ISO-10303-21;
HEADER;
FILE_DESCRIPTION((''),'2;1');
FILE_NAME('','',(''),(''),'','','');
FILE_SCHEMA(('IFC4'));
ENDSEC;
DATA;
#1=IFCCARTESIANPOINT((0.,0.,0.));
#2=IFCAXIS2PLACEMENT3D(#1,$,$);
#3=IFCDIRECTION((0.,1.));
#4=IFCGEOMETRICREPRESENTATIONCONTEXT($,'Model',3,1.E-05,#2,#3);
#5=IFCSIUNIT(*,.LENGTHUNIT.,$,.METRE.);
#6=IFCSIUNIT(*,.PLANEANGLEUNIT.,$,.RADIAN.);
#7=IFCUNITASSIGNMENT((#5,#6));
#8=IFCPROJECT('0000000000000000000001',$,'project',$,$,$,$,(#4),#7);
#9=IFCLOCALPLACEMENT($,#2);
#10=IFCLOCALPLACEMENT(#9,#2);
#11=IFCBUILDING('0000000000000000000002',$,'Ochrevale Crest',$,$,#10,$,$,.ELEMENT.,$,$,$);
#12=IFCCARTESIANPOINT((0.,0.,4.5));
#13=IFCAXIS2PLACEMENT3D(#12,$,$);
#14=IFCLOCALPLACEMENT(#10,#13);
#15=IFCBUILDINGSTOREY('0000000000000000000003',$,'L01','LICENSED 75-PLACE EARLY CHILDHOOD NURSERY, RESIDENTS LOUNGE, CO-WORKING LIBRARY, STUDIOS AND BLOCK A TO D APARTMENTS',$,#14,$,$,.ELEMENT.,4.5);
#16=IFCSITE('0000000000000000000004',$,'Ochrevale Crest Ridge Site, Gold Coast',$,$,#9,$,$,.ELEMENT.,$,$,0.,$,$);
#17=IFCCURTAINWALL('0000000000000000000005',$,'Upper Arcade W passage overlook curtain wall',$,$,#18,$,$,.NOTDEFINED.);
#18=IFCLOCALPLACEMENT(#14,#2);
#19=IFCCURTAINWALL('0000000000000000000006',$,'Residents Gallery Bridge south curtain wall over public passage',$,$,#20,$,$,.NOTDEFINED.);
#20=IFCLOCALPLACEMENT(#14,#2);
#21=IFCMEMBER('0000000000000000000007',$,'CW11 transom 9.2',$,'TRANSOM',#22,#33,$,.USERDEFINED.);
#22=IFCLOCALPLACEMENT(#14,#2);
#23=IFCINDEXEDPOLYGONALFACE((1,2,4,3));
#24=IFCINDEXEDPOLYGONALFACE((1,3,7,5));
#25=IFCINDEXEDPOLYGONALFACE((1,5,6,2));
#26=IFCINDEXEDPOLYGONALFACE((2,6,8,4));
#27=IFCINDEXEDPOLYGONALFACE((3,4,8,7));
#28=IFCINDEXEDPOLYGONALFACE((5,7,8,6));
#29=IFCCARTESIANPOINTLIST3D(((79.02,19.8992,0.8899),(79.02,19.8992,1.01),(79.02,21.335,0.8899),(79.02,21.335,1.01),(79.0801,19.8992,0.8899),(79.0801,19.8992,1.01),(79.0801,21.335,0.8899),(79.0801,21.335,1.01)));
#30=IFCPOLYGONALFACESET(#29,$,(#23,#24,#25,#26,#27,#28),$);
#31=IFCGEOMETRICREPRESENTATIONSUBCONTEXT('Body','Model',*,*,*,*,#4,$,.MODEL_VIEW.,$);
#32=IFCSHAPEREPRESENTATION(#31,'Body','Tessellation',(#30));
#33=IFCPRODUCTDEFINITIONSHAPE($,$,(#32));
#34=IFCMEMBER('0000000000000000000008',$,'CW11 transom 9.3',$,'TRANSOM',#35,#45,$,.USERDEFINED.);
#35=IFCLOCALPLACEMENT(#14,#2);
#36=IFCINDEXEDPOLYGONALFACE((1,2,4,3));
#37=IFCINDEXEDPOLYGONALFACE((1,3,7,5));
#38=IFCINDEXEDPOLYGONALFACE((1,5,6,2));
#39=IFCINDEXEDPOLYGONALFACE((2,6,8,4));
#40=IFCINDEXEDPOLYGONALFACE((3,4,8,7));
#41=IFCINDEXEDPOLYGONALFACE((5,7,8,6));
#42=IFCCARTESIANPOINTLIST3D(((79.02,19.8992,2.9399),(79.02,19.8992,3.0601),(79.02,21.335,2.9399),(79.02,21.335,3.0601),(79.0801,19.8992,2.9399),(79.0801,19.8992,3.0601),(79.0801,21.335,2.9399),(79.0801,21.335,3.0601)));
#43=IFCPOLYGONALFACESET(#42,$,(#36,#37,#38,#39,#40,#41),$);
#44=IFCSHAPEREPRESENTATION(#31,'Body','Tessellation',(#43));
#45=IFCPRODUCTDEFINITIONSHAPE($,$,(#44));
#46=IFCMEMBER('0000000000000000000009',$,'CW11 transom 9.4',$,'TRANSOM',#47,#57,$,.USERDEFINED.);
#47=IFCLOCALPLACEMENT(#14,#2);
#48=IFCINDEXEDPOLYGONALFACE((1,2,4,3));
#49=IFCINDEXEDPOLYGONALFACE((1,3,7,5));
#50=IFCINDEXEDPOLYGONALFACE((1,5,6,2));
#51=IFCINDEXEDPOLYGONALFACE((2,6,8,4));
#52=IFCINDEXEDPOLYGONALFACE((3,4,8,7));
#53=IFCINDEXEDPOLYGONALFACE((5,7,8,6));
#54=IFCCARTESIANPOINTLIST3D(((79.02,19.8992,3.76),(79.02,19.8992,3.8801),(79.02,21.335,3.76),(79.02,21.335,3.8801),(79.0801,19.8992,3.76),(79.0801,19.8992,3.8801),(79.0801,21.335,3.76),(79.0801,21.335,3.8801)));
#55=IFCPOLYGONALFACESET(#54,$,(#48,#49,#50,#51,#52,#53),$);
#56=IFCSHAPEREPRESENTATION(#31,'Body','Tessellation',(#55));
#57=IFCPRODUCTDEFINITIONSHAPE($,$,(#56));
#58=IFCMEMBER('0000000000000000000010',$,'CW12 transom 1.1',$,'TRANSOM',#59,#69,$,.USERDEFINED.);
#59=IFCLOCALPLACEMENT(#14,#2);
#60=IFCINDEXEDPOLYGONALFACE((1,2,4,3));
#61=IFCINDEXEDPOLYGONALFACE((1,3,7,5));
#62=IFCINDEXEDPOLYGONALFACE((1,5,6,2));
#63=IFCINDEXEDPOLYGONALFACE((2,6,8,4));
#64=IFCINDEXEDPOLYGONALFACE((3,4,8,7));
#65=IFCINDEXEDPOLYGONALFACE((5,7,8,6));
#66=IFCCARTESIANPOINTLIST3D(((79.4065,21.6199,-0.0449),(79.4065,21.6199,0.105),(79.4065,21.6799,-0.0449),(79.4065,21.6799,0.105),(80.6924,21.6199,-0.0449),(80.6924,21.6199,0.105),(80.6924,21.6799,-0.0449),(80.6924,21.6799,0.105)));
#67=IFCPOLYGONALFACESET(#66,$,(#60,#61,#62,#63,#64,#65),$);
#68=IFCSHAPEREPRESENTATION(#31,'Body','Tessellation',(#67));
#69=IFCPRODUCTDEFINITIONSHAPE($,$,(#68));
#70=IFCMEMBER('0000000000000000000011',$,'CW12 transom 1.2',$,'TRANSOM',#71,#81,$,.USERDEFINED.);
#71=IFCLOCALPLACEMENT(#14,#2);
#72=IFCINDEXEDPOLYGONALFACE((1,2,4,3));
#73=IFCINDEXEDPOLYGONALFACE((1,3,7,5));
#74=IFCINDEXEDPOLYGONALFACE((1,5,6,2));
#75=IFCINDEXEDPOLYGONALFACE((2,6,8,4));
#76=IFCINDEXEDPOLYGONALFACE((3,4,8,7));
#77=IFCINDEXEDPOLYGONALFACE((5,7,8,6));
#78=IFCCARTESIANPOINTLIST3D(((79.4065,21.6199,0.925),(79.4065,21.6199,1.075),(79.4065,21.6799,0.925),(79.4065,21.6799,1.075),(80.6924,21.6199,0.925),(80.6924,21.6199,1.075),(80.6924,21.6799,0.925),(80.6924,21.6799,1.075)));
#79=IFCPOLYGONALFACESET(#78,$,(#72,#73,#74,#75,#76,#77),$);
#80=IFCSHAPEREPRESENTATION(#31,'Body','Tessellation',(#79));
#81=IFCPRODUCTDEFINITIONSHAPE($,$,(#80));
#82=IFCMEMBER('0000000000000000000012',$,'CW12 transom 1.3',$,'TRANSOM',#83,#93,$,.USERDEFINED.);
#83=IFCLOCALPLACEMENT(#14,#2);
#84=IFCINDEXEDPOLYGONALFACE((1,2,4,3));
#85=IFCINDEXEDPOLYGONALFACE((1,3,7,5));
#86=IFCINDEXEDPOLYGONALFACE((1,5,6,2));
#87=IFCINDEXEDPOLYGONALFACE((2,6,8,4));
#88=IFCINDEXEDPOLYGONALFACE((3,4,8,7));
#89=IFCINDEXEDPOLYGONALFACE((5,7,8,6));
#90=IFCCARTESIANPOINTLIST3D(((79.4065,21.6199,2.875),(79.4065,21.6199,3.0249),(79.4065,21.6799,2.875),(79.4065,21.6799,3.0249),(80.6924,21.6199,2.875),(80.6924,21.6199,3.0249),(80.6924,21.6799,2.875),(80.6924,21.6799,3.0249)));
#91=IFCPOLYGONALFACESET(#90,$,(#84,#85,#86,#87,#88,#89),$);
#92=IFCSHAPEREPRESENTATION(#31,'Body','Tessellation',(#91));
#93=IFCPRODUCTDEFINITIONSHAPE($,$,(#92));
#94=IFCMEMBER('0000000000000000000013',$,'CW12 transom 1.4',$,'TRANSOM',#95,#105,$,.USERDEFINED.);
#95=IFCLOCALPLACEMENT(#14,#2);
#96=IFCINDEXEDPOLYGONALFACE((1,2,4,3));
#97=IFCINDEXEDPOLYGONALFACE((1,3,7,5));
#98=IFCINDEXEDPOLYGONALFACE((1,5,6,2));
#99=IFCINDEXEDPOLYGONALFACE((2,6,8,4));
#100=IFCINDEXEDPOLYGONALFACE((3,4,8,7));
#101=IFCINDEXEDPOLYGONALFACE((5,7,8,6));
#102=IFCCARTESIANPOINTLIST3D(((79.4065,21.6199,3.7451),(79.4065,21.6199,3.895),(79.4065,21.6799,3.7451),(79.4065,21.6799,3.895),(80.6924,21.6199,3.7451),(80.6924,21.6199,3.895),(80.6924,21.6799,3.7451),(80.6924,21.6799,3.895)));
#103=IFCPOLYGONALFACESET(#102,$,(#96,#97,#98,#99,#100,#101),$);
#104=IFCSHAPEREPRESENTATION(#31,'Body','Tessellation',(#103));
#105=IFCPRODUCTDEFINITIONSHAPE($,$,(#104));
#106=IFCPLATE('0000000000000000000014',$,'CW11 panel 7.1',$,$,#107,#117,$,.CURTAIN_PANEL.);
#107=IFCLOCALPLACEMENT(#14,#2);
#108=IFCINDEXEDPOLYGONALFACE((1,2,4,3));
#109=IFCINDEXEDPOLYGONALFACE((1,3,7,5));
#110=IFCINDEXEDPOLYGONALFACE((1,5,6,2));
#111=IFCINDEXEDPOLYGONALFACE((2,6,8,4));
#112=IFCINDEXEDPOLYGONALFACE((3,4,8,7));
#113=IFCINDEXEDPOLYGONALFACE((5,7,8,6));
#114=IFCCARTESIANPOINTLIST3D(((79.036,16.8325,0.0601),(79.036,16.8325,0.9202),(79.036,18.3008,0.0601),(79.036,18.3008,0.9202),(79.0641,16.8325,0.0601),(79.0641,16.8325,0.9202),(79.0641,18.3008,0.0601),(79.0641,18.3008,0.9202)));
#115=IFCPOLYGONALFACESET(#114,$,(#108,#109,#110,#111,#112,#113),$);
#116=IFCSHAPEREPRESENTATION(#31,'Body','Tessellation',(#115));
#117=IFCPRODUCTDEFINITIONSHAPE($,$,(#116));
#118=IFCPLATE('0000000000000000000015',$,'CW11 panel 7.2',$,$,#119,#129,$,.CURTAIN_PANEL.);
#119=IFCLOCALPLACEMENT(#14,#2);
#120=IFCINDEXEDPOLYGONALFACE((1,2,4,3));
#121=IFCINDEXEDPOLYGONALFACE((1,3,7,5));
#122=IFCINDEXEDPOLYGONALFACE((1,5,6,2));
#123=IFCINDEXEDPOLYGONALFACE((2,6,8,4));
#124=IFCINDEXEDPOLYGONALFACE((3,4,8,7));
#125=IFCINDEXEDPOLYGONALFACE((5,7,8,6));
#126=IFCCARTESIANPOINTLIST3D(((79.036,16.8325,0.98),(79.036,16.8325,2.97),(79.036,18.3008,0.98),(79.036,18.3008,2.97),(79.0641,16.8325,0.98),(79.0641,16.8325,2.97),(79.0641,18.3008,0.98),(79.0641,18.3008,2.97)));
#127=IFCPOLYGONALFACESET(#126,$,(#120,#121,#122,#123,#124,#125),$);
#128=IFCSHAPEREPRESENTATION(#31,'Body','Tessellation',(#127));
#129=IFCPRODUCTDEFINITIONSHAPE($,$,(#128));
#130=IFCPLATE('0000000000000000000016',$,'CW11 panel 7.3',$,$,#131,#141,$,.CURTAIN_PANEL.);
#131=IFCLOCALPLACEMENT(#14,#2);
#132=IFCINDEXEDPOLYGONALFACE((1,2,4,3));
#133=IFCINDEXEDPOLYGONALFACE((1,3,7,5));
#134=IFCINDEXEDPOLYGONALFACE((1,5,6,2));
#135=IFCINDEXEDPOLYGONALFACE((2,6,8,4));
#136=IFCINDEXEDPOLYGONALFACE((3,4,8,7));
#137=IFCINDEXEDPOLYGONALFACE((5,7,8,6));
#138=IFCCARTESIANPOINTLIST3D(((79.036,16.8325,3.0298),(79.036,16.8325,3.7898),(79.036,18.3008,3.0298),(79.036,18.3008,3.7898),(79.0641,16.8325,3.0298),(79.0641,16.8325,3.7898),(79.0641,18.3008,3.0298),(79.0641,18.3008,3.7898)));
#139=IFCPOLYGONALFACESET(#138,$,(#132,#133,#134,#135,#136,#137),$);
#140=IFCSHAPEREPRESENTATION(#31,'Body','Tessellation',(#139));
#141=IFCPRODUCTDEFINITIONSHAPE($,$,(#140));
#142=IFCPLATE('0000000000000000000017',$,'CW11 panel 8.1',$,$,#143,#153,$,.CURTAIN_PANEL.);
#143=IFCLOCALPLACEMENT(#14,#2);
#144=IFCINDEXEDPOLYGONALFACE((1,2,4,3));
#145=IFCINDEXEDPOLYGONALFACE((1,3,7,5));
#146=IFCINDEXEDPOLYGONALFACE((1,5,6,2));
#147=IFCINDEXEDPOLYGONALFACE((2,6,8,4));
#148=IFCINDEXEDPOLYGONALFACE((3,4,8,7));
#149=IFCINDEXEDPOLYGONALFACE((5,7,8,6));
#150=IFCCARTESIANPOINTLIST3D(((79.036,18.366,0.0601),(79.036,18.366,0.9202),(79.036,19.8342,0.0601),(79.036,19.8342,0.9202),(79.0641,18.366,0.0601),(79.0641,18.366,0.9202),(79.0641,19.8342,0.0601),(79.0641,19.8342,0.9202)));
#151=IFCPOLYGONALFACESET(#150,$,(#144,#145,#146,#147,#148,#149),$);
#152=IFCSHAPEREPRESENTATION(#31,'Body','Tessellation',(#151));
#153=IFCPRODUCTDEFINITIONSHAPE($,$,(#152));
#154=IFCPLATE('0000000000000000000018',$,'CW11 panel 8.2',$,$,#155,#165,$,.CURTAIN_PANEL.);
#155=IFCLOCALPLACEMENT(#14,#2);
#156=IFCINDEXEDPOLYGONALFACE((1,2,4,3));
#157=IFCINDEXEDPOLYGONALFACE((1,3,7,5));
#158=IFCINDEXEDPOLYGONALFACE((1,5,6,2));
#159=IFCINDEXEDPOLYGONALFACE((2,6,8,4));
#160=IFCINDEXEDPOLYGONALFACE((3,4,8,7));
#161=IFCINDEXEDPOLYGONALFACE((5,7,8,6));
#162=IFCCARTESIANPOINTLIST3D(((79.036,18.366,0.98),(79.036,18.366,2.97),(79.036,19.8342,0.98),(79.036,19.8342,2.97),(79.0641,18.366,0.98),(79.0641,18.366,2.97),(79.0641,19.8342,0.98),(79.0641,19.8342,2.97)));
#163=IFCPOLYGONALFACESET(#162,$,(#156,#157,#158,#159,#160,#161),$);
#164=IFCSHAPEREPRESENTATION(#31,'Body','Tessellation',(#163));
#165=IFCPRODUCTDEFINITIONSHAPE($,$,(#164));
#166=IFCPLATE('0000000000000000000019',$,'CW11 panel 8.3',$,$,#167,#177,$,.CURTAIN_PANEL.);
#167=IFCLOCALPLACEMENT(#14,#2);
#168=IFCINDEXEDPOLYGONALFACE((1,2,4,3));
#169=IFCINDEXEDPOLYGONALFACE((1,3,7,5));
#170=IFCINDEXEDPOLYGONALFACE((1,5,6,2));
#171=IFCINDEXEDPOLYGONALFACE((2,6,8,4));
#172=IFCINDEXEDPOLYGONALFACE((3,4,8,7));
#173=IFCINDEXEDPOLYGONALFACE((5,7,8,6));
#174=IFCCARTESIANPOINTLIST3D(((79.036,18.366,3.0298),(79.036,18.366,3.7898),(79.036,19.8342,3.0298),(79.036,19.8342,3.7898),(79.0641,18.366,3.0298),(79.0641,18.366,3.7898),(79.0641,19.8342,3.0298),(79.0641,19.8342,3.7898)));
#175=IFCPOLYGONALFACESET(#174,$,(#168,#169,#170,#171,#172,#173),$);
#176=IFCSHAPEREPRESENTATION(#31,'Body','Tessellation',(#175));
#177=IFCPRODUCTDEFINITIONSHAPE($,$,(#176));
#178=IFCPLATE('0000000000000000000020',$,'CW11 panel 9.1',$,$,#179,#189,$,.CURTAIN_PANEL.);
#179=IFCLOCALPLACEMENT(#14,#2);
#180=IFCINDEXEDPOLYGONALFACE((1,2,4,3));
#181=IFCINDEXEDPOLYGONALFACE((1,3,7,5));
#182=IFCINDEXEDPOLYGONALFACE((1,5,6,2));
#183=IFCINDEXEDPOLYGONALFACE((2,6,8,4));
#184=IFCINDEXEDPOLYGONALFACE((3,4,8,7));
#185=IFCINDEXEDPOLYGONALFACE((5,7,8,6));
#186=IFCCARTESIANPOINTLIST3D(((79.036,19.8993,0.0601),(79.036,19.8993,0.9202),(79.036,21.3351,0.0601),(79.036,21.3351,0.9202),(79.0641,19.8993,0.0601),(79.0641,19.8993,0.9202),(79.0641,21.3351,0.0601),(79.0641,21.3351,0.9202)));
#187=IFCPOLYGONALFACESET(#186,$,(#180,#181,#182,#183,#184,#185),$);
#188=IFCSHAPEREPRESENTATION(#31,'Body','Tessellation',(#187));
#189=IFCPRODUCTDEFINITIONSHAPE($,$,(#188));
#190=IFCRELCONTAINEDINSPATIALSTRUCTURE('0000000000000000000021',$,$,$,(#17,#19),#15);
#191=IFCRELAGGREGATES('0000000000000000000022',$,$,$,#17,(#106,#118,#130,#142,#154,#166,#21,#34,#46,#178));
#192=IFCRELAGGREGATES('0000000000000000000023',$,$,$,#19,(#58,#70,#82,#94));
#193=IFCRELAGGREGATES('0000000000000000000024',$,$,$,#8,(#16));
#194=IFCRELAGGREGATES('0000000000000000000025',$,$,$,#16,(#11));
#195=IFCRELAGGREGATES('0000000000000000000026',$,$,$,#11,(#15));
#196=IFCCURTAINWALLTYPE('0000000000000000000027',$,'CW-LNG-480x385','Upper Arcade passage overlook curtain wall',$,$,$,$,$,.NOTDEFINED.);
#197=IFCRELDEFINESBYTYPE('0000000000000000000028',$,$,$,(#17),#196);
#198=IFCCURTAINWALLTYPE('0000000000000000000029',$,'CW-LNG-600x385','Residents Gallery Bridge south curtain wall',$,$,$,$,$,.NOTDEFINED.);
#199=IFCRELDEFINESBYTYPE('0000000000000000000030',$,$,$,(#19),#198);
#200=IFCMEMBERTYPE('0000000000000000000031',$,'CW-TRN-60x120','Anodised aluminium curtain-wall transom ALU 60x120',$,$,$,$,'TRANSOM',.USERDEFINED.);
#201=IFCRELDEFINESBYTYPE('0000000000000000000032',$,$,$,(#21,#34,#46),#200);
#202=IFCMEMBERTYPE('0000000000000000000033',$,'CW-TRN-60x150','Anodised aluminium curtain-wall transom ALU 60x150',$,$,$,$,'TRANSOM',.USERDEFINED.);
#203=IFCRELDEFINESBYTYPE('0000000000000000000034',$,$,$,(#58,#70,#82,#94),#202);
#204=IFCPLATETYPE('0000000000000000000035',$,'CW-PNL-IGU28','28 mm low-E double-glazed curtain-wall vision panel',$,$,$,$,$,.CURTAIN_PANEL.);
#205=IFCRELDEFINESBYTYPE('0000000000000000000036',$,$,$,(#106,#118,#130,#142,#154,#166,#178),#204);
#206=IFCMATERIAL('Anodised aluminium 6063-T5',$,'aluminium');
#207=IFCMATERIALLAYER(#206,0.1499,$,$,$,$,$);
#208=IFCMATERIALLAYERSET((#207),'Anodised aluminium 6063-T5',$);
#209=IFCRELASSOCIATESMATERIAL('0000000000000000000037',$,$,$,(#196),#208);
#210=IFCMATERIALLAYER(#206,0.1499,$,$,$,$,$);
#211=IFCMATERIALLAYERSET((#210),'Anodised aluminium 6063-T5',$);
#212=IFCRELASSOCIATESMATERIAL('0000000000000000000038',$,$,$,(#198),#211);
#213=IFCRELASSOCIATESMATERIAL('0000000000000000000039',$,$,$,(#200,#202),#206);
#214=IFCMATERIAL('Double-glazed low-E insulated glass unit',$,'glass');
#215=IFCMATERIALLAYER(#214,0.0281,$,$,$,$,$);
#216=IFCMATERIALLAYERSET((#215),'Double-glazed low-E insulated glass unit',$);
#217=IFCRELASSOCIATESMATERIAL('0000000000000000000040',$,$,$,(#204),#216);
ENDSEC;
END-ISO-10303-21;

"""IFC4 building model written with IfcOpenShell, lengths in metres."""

from ifc_helpers import new_model, si_unit, direction, frame, origin, origin_2d, place, context, subcontext, project, spatial, rectangle, extrude, material, layer, layer_set, material_profile, profile_set, type_object, element, aggregate, save


model = new_model("IFC4")

# Units and contexts
model_context = context("Model", 3, precision=1e-05, world=origin(), true_north=direction((0.0, 1.0)))
body_context = subcontext(model_context, "Body", "Model", "MODEL_VIEW")
ifc_project = project(units=[si_unit("LENGTHUNIT", "METRE"), si_unit("PLANEANGLEUNIT", "RADIAN")], contexts=[model_context])

# Site, building, storey
site_placement = place(None, origin())
site = spatial("IfcSite", under=ifc_project, at=site_placement, Name="Ochrevale Crest Ridge Site, Gold Coast", CompositionType="ELEMENT", RefElevation=0.0)
building_placement = place(site_placement, origin())
building = spatial("IfcBuilding", under=site, at=building_placement, Name="Ochrevale Crest", CompositionType="ELEMENT")
storey_placement = place(building_placement, frame((0.0, 0.0, 4.5)))
storey = spatial("IfcBuildingStorey", under=building, at=storey_placement, Name="L01", Description="LICENSED 75-PLACE EARLY CHILDHOOD NURSERY, RESIDENTS LOUNGE, CO-WORKING LIBRARY, STUDIOS AND BLOCK A TO D APARTMENTS", CompositionType="ELEMENT", Elevation=4.5)

# Curtain wall
ifc_material_1 = material(Name="Anodised aluminium 6063-T5", Category="aluminium")
ifc_layer_1 = layer(ifc_material_1, 0.1499)
ifc_layer_set_1 = layer_set([ifc_layer_1], Name="Anodised aluminium 6063-T5")
curtain_wall_type_1 = type_object("IfcCurtainWallType", Name="CW-LNG-480x385", Description="Upper Arcade passage overlook curtain wall", PredefinedType="NOTDEFINED", material=ifc_layer_set_1)
curtain_wall_1_placement = place(storey_placement, origin())
curtain_wall_1 = element("IfcCurtainWall", 1, at=curtain_wall_1_placement, inside=storey, type_object=curtain_wall_type_1, Name="Upper Arcade W passage overlook curtain wall", PredefinedType="NOTDEFINED")

# Curtain wall
ifc_layer_2 = layer(ifc_material_1, 0.1499)
ifc_layer_set_2 = layer_set([ifc_layer_2], Name="Anodised aluminium 6063-T5")
curtain_wall_type_2 = type_object("IfcCurtainWallType", Name="CW-LNG-600x385", Description="Residents Gallery Bridge south curtain wall", PredefinedType="NOTDEFINED", material=ifc_layer_set_2)
curtain_wall_2_placement = place(storey_placement, origin())
curtain_wall_2 = element("IfcCurtainWall", 2, at=curtain_wall_2_placement, inside=storey, type_object=curtain_wall_type_2, Name="Residents Gallery Bridge south curtain wall over public passage", PredefinedType="NOTDEFINED")

# Members
ifc_material_profile_1 = material_profile(ifc_material_1, rectangle(XDim=0.0601, YDim=0.1201, at=origin_2d()), Name="ALU 60x120")
ifc_profile_set_1 = profile_set([ifc_material_profile_1], Name="Anodised aluminium 6063-T5")
member_type_1 = type_object("IfcMemberType", Name="CW-TRN-60x120", Description="Anodised aluminium curtain-wall transom ALU 60x120", ElementType="TRANSOM", PredefinedType="USERDEFINED", material=ifc_profile_set_1)
member_1_placement = place(storey_placement, frame((79.05, 19.8992, 0.95), z_axis=(0.0, 1.0, 0.0), x_axis=(-1.0, 0.0, 0.0)))
member_1 = element("IfcMember", 3, at=member_1_placement, type_object=member_type_1, Name="CW11 transom 9.2", ObjectType="TRANSOM", PredefinedType="USERDEFINED", context=body_context, shape_type="SweptSolid", body=[
    extrude(rectangle(XDim=0.0601, YDim=0.1201, at=origin_2d()), origin(), (0.0, 0.0, 1.0), 1.4358),
])
member_2_placement = place(storey_placement, frame((79.05, 19.8992, 3.0), z_axis=(0.0, 1.0, 0.0), x_axis=(-1.0, 0.0, 0.0)))
member_2 = element("IfcMember", 4, at=member_2_placement, type_object=member_type_1, Name="CW11 transom 9.3", ObjectType="TRANSOM", PredefinedType="USERDEFINED", context=body_context, shape_type="SweptSolid", body=[
    extrude(rectangle(XDim=0.0601, YDim=0.1201, at=origin_2d()), origin(), (0.0, 0.0, 1.0), 1.4358),
])
member_3_placement = place(storey_placement, frame((79.05, 19.8992, 3.8201), z_axis=(0.0, 1.0, 0.0), x_axis=(-1.0, 0.0, 0.0)))
member_3 = element("IfcMember", 5, at=member_3_placement, type_object=member_type_1, Name="CW11 transom 9.4", ObjectType="TRANSOM", PredefinedType="USERDEFINED", context=body_context, shape_type="SweptSolid", body=[
    extrude(rectangle(XDim=0.0601, YDim=0.1201, at=origin_2d()), origin(), (0.0, 0.0, 1.0), 1.4358),
])
ifc_material_profile_2 = material_profile(ifc_material_1, rectangle(XDim=0.0601, YDim=0.1499, at=origin_2d()), Name="ALU 60x150")
ifc_profile_set_2 = profile_set([ifc_material_profile_2], Name="Anodised aluminium 6063-T5")
member_type_2 = type_object("IfcMemberType", Name="CW-TRN-60x150", Description="Anodised aluminium curtain-wall transom ALU 60x150", ElementType="TRANSOM", PredefinedType="USERDEFINED", material=ifc_profile_set_2)
member_4_placement = place(storey_placement, frame((79.4065, 21.6499, 0.03), z_axis=(1.0, 0.0, 0.0), x_axis=(0.0, 1.0, 0.0)))
member_4 = element("IfcMember", 6, at=member_4_placement, type_object=member_type_2, Name="CW12 transom 1.1", ObjectType="TRANSOM", PredefinedType="USERDEFINED", context=body_context, shape_type="SweptSolid", body=[
    extrude(rectangle(XDim=0.0601, YDim=0.1499, at=origin_2d()), origin(), (0.0, 0.0, 1.0), 1.2859),
])
member_5_placement = place(storey_placement, frame((79.4065, 21.6499, 1.0), z_axis=(1.0, 0.0, 0.0), x_axis=(0.0, 1.0, 0.0)))
member_5 = element("IfcMember", 7, at=member_5_placement, type_object=member_type_2, Name="CW12 transom 1.2", ObjectType="TRANSOM", PredefinedType="USERDEFINED", context=body_context, shape_type="SweptSolid", body=[
    extrude(rectangle(XDim=0.0601, YDim=0.1499, at=origin_2d()), origin(), (0.0, 0.0, 1.0), 1.2859),
])
member_6_placement = place(storey_placement, frame((79.4065, 21.6499, 2.95), z_axis=(1.0, 0.0, 0.0), x_axis=(0.0, 1.0, 0.0)))
member_6 = element("IfcMember", 8, at=member_6_placement, type_object=member_type_2, Name="CW12 transom 1.3", ObjectType="TRANSOM", PredefinedType="USERDEFINED", context=body_context, shape_type="SweptSolid", body=[
    extrude(rectangle(XDim=0.0601, YDim=0.1499, at=origin_2d()), origin(), (0.0, 0.0, 1.0), 1.2859),
])
member_7_placement = place(storey_placement, frame((79.4065, 21.6499, 3.8201), z_axis=(1.0, 0.0, 0.0), x_axis=(0.0, 1.0, 0.0)))
member_7 = element("IfcMember", 9, at=member_7_placement, type_object=member_type_2, Name="CW12 transom 1.4", ObjectType="TRANSOM", PredefinedType="USERDEFINED", context=body_context, shape_type="SweptSolid", body=[
    extrude(rectangle(XDim=0.0601, YDim=0.1499, at=origin_2d()), origin(), (0.0, 0.0, 1.0), 1.2859),
])

# Plates
ifc_material_2 = material(Name="Double-glazed low-E insulated glass unit", Category="glass")
ifc_layer_3 = layer(ifc_material_2, 0.0281)
ifc_layer_set_3 = layer_set([ifc_layer_3], Name="Double-glazed low-E insulated glass unit")
plate_type_1 = type_object("IfcPlateType", Name="CW-PNL-IGU28", Description="28 mm low-E double-glazed curtain-wall vision panel", PredefinedType="CURTAIN_PANEL", material=ifc_layer_set_3)
plate_1_placement = place(storey_placement, frame((79.05, 17.5667, 0.0601), z_axis=(0.0, 0.0, 1.0), x_axis=(0.0, 1.0, 0.0)))
plate_1 = element("IfcPlate", 10, at=plate_1_placement, type_object=plate_type_1, Name="CW11 panel 7.1", PredefinedType="CURTAIN_PANEL", context=body_context, shape_type="SweptSolid", body=[
    extrude(rectangle(XDim=1.4683, YDim=0.0281, at=origin_2d()), origin(), (0.0, 0.0, 1.0), 0.8601),
])
plate_2_placement = place(storey_placement, frame((79.05, 17.5667, 0.98), z_axis=(0.0, 0.0, 1.0), x_axis=(0.0, 1.0, 0.0)))
plate_2 = element("IfcPlate", 11, at=plate_2_placement, type_object=plate_type_1, Name="CW11 panel 7.2", PredefinedType="CURTAIN_PANEL", context=body_context, shape_type="SweptSolid", body=[
    extrude(rectangle(XDim=1.4683, YDim=0.0281, at=origin_2d()), origin(), (0.0, 0.0, 1.0), 1.99),
])
plate_3_placement = place(storey_placement, frame((79.05, 17.5667, 3.0298), z_axis=(0.0, 0.0, 1.0), x_axis=(0.0, 1.0, 0.0)))
plate_3 = element("IfcPlate", 12, at=plate_3_placement, type_object=plate_type_1, Name="CW11 panel 7.3", PredefinedType="CURTAIN_PANEL", context=body_context, shape_type="SweptSolid", body=[
    extrude(rectangle(XDim=1.4683, YDim=0.0281, at=origin_2d()), origin(), (0.0, 0.0, 1.0), 0.76),
])
plate_4_placement = place(storey_placement, frame((79.05, 19.1001, 0.0601), z_axis=(0.0, 0.0, 1.0), x_axis=(0.0, 1.0, 0.0)))
plate_4 = element("IfcPlate", 13, at=plate_4_placement, type_object=plate_type_1, Name="CW11 panel 8.1", PredefinedType="CURTAIN_PANEL", context=body_context, shape_type="SweptSolid", body=[
    extrude(rectangle(XDim=1.4683, YDim=0.0281, at=origin_2d()), origin(), (0.0, 0.0, 1.0), 0.8601),
])
plate_5_placement = place(storey_placement, frame((79.05, 19.1001, 0.98), z_axis=(0.0, 0.0, 1.0), x_axis=(0.0, 1.0, 0.0)))
plate_5 = element("IfcPlate", 14, at=plate_5_placement, type_object=plate_type_1, Name="CW11 panel 8.2", PredefinedType="CURTAIN_PANEL", context=body_context, shape_type="SweptSolid", body=[
    extrude(rectangle(XDim=1.4683, YDim=0.0281, at=origin_2d()), origin(), (0.0, 0.0, 1.0), 1.99),
])
plate_6_placement = place(storey_placement, frame((79.05, 19.1001, 3.0298), z_axis=(0.0, 0.0, 1.0), x_axis=(0.0, 1.0, 0.0)))
plate_6 = element("IfcPlate", 15, at=plate_6_placement, type_object=plate_type_1, Name="CW11 panel 8.3", PredefinedType="CURTAIN_PANEL", context=body_context, shape_type="SweptSolid", body=[
    extrude(rectangle(XDim=1.4683, YDim=0.0281, at=origin_2d()), origin(), (0.0, 0.0, 1.0), 0.76),
])
plate_7_placement = place(storey_placement, frame((79.05, 20.6172, 0.0601), z_axis=(0.0, 0.0, 1.0), x_axis=(0.0, 1.0, 0.0)))
plate_7 = element("IfcPlate", 16, at=plate_7_placement, type_object=plate_type_1, Name="CW11 panel 9.1", PredefinedType="CURTAIN_PANEL", context=body_context, shape_type="SweptSolid", body=[
    extrude(rectangle(XDim=1.4358, YDim=0.0281, at=origin_2d()), origin(), (0.0, 0.0, 1.0), 0.8601),
])
aggregate(curtain_wall_1, [plate_1, plate_2, plate_3, plate_4, plate_5, plate_6, member_1, member_2, member_3, plate_7])
aggregate(curtain_wall_2, [member_4, member_5, member_6, member_7])

save(model, "model.ifc")
